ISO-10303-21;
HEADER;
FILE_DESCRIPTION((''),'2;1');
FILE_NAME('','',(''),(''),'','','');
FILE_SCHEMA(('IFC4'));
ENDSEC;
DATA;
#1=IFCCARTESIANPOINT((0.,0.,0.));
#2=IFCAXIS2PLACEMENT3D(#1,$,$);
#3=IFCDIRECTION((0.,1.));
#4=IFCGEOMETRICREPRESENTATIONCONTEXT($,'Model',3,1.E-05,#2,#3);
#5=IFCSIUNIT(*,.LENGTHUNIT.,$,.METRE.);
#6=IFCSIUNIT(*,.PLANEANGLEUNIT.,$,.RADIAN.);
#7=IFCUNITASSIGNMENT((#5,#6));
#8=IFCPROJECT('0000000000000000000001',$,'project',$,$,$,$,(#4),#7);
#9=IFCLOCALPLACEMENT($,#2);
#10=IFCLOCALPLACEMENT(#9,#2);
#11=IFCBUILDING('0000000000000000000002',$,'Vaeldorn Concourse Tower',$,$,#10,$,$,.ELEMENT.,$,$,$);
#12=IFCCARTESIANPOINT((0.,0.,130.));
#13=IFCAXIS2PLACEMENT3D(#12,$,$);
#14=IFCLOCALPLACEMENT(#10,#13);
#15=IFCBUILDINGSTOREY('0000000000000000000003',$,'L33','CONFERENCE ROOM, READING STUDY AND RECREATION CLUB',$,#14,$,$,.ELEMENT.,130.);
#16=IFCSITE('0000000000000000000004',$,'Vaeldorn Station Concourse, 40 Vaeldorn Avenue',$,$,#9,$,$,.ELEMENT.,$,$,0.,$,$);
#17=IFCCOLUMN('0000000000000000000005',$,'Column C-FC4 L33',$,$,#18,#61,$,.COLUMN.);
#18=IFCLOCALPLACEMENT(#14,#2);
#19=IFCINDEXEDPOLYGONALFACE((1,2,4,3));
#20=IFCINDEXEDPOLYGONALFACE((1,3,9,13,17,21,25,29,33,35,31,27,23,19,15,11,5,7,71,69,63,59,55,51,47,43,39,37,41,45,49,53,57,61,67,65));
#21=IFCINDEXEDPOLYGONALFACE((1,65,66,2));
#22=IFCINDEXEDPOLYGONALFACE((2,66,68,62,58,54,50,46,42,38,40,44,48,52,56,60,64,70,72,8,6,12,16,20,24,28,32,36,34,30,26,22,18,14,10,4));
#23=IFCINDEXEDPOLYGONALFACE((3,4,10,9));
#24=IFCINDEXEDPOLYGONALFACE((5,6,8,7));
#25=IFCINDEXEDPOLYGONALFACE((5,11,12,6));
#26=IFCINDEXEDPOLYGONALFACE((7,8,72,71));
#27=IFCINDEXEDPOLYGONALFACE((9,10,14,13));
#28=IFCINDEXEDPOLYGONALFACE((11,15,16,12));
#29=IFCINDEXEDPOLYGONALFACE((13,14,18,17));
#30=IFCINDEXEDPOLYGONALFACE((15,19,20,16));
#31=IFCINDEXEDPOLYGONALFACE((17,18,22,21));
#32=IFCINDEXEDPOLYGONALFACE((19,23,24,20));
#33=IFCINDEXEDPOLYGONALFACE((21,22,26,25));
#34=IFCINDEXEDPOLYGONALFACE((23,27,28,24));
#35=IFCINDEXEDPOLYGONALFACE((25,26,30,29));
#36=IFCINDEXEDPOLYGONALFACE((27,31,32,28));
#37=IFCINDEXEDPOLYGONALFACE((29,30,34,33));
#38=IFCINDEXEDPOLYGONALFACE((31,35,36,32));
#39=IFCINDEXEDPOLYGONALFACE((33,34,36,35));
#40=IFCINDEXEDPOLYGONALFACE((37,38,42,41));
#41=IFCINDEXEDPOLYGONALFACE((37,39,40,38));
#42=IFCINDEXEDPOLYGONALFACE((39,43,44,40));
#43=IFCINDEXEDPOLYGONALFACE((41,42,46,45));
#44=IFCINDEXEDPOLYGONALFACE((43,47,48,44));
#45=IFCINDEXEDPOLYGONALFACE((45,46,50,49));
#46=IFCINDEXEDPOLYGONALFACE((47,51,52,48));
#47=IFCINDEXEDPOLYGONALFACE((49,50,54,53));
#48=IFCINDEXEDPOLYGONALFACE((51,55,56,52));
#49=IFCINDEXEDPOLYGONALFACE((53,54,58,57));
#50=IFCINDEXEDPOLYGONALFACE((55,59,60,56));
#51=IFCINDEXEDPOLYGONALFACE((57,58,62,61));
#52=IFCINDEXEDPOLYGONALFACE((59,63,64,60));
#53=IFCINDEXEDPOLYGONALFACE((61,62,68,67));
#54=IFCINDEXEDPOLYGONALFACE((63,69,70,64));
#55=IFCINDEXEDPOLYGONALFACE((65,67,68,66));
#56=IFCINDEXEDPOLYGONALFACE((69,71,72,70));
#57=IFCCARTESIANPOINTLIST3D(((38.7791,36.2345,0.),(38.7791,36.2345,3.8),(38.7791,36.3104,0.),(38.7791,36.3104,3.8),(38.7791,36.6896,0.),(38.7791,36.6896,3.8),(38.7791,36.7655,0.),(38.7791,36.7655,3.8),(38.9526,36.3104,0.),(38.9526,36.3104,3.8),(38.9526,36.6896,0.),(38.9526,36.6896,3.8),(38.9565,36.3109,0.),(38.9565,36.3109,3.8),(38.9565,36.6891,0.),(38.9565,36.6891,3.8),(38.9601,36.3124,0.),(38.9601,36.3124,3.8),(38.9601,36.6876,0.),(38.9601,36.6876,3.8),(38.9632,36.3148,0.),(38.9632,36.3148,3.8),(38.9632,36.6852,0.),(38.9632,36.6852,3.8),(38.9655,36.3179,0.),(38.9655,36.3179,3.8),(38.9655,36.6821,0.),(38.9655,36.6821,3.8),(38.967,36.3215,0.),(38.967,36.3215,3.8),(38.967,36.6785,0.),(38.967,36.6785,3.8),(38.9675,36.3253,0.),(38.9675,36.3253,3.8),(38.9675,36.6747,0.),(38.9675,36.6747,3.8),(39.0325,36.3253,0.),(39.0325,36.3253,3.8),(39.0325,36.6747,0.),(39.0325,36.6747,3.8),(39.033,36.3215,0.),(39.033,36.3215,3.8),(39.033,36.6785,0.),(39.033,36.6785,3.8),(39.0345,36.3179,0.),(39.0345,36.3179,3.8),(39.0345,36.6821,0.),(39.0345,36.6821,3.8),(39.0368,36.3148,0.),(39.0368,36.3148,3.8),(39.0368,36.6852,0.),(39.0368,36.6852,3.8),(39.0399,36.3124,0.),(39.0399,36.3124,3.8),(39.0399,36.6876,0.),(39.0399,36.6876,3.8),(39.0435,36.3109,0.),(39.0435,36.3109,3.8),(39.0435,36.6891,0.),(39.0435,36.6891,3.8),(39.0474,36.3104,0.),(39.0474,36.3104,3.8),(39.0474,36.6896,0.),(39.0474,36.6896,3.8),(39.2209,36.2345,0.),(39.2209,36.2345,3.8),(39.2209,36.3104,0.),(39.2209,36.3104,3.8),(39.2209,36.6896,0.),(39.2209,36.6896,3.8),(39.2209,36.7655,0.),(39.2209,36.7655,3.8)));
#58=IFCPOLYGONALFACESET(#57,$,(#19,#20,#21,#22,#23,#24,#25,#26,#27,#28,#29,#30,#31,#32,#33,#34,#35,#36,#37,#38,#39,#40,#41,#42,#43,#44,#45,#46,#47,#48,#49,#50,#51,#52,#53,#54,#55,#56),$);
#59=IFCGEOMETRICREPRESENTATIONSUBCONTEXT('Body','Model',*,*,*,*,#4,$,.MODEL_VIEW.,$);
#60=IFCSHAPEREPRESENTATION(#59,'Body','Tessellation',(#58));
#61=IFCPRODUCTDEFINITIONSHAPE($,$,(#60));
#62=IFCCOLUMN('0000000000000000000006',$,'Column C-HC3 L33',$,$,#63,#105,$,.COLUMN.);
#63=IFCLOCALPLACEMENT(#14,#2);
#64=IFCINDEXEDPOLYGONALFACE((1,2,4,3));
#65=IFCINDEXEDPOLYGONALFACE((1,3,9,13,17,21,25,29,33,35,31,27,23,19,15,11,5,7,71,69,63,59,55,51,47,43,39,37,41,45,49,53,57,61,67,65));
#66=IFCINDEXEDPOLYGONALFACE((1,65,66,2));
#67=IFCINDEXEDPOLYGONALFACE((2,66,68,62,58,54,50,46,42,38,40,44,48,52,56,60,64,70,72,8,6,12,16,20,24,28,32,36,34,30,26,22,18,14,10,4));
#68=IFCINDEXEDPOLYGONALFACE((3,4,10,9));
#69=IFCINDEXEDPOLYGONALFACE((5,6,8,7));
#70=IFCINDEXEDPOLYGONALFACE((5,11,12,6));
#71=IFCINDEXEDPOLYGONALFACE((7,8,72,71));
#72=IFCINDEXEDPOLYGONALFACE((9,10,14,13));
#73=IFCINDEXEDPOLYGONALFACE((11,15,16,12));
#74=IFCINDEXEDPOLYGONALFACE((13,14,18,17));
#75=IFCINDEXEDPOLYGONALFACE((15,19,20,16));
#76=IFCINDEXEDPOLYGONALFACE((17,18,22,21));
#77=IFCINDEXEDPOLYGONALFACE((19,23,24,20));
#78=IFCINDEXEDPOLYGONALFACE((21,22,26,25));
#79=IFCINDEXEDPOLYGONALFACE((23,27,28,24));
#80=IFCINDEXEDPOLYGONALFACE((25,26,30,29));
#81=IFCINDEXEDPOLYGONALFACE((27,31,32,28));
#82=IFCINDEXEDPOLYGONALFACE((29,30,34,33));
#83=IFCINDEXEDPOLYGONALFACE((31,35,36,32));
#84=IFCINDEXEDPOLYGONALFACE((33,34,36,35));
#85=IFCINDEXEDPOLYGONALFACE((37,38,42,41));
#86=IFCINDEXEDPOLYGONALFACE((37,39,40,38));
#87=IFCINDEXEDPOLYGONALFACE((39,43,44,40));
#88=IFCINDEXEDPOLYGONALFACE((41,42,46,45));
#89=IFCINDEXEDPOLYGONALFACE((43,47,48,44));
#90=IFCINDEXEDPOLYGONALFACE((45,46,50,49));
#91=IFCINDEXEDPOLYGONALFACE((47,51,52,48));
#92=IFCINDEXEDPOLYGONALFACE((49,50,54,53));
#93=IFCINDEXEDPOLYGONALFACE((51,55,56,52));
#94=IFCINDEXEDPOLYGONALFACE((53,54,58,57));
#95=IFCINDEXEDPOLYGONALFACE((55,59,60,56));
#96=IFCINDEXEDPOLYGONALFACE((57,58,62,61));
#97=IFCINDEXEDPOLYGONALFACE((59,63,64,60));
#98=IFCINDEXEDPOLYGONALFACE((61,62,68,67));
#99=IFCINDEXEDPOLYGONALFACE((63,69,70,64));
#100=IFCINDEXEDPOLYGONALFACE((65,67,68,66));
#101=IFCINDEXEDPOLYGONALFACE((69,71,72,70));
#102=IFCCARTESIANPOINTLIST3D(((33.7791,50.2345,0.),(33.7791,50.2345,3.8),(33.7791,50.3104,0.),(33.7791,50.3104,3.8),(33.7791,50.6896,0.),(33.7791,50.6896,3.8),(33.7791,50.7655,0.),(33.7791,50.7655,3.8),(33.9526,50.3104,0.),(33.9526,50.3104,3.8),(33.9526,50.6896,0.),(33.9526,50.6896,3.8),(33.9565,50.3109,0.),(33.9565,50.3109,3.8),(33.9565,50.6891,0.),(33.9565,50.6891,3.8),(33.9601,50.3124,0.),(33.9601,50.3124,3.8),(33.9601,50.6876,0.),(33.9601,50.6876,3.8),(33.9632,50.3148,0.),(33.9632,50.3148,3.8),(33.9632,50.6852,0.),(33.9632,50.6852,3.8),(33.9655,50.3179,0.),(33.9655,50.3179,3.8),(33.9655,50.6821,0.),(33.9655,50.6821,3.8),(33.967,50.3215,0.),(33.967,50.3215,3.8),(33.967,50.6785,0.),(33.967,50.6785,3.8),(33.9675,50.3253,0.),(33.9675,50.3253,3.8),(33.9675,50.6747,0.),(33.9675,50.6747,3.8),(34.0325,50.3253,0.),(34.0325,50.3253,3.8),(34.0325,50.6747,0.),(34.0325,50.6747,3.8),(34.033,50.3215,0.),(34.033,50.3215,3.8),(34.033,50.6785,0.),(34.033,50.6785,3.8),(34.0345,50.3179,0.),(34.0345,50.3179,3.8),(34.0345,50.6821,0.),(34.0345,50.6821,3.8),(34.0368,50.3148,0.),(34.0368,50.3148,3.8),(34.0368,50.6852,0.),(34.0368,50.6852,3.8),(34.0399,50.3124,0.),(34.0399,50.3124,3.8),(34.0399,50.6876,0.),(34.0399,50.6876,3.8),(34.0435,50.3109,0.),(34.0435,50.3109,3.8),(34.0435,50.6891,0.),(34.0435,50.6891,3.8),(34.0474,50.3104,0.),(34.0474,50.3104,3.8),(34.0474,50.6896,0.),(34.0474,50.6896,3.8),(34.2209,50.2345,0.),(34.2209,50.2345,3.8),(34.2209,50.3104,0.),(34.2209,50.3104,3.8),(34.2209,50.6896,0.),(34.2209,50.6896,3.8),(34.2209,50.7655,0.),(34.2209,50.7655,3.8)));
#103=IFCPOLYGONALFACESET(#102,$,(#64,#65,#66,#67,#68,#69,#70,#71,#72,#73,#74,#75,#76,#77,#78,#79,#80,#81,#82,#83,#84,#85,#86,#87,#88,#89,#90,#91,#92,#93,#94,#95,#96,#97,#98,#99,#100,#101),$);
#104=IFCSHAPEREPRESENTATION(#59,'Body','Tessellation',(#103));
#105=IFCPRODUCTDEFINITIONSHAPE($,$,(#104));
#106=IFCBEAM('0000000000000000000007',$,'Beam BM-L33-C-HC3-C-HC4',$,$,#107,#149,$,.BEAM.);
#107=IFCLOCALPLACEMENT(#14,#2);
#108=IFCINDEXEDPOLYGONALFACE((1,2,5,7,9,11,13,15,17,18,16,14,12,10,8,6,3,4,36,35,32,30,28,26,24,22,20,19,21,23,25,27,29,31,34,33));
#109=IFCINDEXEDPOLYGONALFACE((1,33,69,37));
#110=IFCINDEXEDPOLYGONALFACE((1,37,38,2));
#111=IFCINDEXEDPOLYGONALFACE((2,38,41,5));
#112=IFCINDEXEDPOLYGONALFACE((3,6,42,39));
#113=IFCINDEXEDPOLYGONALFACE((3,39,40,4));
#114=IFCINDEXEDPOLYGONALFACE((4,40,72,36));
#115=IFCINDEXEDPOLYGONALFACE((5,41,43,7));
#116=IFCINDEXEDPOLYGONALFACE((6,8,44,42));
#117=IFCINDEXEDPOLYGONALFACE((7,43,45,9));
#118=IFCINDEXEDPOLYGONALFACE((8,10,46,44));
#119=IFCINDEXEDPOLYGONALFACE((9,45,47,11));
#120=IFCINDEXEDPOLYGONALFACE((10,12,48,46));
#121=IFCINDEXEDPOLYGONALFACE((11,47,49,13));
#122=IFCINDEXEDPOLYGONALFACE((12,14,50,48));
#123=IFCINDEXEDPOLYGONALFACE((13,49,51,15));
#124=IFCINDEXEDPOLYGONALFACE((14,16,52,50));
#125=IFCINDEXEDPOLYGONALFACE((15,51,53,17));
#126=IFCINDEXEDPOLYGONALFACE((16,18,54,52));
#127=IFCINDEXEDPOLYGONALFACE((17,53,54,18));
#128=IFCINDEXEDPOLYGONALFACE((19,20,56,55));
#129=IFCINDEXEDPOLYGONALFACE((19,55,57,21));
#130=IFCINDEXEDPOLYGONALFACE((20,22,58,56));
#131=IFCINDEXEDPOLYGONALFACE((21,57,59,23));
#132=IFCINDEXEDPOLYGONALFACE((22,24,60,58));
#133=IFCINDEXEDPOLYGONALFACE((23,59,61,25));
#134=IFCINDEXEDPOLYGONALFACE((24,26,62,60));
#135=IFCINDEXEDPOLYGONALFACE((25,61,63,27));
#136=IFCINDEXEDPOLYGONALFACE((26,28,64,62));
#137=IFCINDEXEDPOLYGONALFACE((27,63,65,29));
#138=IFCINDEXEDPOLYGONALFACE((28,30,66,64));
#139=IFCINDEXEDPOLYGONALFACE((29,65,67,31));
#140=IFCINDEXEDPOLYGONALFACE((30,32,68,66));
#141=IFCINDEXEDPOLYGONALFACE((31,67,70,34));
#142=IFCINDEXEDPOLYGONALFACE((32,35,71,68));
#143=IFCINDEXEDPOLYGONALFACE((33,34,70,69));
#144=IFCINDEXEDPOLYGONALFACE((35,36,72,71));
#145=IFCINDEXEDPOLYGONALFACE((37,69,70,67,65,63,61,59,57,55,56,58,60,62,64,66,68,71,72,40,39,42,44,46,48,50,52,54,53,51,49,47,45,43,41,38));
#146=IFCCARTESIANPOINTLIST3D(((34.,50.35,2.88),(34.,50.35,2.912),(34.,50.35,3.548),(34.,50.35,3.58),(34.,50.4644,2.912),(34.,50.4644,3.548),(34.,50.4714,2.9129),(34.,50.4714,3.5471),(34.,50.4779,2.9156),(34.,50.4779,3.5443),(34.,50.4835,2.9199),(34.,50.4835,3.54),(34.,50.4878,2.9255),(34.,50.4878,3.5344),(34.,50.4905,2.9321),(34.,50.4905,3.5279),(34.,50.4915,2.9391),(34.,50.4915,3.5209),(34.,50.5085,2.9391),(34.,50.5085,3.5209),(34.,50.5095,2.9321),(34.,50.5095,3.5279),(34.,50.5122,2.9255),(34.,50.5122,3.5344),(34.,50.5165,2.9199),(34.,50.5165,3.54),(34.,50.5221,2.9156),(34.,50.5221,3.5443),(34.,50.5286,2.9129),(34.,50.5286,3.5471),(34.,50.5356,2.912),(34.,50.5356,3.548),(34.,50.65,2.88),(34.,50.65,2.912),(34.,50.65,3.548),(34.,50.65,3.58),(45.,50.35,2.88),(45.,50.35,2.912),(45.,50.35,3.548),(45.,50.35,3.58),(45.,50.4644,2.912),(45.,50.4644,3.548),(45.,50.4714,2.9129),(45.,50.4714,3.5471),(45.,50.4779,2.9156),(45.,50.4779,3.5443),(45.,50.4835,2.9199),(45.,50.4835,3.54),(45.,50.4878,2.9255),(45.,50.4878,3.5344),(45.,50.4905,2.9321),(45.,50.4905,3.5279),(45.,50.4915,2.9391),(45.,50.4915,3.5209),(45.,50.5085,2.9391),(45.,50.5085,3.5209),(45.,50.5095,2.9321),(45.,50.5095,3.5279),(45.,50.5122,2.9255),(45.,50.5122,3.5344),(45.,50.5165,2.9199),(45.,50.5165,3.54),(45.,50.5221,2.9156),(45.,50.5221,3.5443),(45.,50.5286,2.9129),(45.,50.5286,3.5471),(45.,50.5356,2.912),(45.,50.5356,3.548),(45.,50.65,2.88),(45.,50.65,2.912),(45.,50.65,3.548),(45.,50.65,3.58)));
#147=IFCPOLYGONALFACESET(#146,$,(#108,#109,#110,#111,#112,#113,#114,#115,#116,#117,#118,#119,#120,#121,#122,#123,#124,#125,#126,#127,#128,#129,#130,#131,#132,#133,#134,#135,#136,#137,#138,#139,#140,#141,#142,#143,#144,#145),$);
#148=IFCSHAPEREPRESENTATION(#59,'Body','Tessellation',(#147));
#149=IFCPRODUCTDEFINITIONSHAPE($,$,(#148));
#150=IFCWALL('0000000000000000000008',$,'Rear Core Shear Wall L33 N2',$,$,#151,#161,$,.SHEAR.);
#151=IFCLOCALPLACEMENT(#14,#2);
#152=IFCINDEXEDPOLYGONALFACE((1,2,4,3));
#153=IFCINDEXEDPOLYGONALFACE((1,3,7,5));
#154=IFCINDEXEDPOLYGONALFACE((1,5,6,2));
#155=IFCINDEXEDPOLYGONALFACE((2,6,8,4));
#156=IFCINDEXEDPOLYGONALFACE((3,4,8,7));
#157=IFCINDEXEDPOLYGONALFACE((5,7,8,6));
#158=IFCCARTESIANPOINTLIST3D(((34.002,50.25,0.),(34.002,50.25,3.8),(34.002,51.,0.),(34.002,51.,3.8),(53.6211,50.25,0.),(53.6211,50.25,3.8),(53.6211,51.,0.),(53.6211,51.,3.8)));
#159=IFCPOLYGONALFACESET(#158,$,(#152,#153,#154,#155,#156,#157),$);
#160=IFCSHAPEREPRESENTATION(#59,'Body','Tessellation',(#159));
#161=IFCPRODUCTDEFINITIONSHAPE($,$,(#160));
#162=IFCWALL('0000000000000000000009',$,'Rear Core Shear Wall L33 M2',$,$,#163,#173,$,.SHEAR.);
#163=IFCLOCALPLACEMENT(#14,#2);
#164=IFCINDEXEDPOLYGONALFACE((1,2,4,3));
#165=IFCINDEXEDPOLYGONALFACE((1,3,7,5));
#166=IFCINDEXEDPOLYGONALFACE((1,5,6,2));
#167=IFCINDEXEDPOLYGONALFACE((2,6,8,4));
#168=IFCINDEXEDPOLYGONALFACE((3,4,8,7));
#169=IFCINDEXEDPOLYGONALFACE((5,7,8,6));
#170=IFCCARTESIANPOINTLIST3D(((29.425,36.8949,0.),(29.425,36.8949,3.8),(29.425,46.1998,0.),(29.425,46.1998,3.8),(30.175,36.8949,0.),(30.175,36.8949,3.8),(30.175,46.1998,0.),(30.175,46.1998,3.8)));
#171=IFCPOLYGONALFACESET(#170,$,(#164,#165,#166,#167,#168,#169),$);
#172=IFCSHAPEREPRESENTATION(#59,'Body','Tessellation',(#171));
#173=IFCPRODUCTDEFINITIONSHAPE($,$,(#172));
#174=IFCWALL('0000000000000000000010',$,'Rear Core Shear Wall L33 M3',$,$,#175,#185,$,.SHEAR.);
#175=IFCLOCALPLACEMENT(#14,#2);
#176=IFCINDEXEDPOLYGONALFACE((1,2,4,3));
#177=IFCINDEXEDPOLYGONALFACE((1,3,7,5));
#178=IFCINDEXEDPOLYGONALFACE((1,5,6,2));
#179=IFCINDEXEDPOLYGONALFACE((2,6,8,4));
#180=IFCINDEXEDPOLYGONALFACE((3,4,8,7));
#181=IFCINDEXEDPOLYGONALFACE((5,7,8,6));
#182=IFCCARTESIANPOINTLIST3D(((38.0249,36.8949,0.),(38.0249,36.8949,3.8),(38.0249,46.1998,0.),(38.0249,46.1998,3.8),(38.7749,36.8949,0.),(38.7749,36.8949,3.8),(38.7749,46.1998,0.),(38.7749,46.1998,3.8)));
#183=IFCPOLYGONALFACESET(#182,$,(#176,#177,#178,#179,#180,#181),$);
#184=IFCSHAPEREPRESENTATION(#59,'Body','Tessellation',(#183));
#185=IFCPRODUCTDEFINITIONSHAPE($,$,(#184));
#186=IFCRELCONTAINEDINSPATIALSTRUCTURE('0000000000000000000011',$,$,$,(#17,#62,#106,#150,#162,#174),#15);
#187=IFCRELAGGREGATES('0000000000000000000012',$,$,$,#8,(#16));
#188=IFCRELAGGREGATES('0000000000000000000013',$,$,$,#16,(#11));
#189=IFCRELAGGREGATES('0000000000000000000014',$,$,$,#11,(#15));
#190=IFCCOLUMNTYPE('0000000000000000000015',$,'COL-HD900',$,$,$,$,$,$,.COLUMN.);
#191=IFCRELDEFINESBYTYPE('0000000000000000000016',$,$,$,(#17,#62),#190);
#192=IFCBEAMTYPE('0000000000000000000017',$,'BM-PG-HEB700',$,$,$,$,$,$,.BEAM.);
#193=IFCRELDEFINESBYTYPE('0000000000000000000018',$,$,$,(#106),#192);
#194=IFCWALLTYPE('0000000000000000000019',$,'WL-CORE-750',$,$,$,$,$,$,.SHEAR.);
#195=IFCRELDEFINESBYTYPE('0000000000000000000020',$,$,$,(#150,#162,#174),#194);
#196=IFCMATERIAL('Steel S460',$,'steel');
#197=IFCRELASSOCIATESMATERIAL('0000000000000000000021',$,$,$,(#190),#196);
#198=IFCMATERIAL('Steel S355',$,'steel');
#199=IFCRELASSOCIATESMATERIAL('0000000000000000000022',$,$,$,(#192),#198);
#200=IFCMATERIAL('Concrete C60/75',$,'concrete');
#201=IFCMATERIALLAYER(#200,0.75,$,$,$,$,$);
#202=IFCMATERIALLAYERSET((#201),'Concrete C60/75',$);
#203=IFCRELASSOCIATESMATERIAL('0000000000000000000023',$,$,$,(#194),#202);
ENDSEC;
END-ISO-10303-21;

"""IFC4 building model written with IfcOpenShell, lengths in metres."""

from ifc_helpers import new_model, si_unit, direction, frame, frame_2d, origin, origin_2d, place, context, subcontext, project, spatial, rectangle, i_section, extrude, source, transform, mapped, material, layer, layer_set, material_profile, profile_set, type_object, element, save


model = new_model("IFC4")

# Units and contexts
model_context = context("Model", 3, precision=1e-05, world=origin(), true_north=direction((0.0, 1.0)))
body_context = subcontext(model_context, "Body", "Model", "MODEL_VIEW")
ifc_project = project(units=[si_unit("LENGTHUNIT", "METRE"), si_unit("PLANEANGLEUNIT", "RADIAN")], contexts=[model_context])

# Site, building, storey
site_placement = place(None, origin())
site = spatial("IfcSite", under=ifc_project, at=site_placement, Name="Vaeldorn Station Concourse, 40 Vaeldorn Avenue", CompositionType="ELEMENT", RefElevation=0.0)
building_placement = place(site_placement, origin())
building = spatial("IfcBuilding", under=site, at=building_placement, Name="Vaeldorn Concourse Tower", CompositionType="ELEMENT")
storey_placement = place(building_placement, frame((0.0, 0.0, 130.0)))
storey = spatial("IfcBuildingStorey", under=building, at=storey_placement, Name="L33", Description="CONFERENCE ROOM, READING STUDY AND RECREATION CLUB", CompositionType="ELEMENT", Elevation=130.0)

# Columns
ifc_material_1 = material(Name="Steel S460", Category="steel")
ifc_material_profile_1 = material_profile(ifc_material_1, i_section(OverallWidth=0.4419, OverallDepth=0.531, WebThickness=0.0649, FlangeThickness=0.0759, FilletRadius=0.0149, at=origin_2d()), Name="HD 400x900")
ifc_profile_set_1 = profile_set([ifc_material_profile_1], Name="Steel S460")
column_type = type_object("IfcColumnType", Name="COL-HD900", PredefinedType="COLUMN", material=ifc_profile_set_1)
shared_shape_1 = source(origin(), body_context, "Body", "SweptSolid", [
    extrude(i_section(OverallWidth=0.4419, OverallDepth=0.531, WebThickness=0.0649, FlangeThickness=0.0759, FilletRadius=0.0149, at=origin_2d()), origin(), (0.0, 0.0, 1.0), 3.8),
])
for number, where, z_axis, x_axis, name in (
    (1, (39.0, 36.5, 0.0), (0.0, 0.0, 1.0), (1.0, 0.0, 0.0), "Column C-FC4 L33"),
    (2, (34.0, 50.5, 0.0), (0.0, 0.0, 1.0), (1.0, 0.0, 0.0), "Column C-HC3 L33"),
):
    element("IfcColumn", number, at=place(storey_placement, frame(where, z_axis=z_axis, x_axis=x_axis)), inside=storey, type_object=column_type, Name=name, PredefinedType="COLUMN", context=body_context, shape_type="MappedRepresentation", body=[
        mapped(shared_shape_1, transform((0.0, 0.0, 0.0), scale=1.0)),
    ])

# Beam
ifc_material_2 = material(Name="Steel S355", Category="steel")
ifc_material_profile_2 = material_profile(ifc_material_2, i_section(OverallWidth=0.3, OverallDepth=0.7, WebThickness=0.0171, FlangeThickness=0.032, FilletRadius=0.0271, at=origin_2d()), Name="HEB 700")
ifc_profile_set_2 = profile_set([ifc_material_profile_2], Name="Steel S355")
beam_type = type_object("IfcBeamType", Name="BM-PG-HEB700", PredefinedType="BEAM", material=ifc_profile_set_2)
shared_shape_2 = source(origin(), body_context, "Body", "SweptSolid", [
    extrude(i_section(OverallWidth=0.3, OverallDepth=0.7, WebThickness=0.0171, FlangeThickness=0.032, FilletRadius=0.0271, at=origin_2d()), origin(), (0.0, 0.0, 1.0), 11.0),
])
beam_placement = place(storey_placement, frame((34.0, 50.5, 3.23), z_axis=(1.0, 0.0, 0.0), x_axis=(0.0, 1.0, 0.0)))
element("IfcBeam", 3, at=beam_placement, inside=storey, type_object=beam_type, Name="Beam BM-L33-C-HC3-C-HC4", PredefinedType="BEAM", context=body_context, shape_type="MappedRepresentation", body=[
    mapped(shared_shape_2, transform((0.0, 0.0, 0.0), scale=1.0)),
])

# Walls
ifc_material_3 = material(Name="Concrete C60/75", Category="concrete")
ifc_layer_1 = layer(ifc_material_3, 0.75)
ifc_layer_set_1 = layer_set([ifc_layer_1], Name="Concrete C60/75")
wall_type_1 = type_object("IfcWallType", Name="WL-CORE-750", PredefinedType="SHEAR", material=ifc_layer_set_1)
wall_1_placement = place(storey_placement, frame((34.002, 50.625, 0.0), z_axis=(0.0, 0.0, 1.0), x_axis=(1.0, 0.0, 0.0)))
element("IfcWall", 4, at=wall_1_placement, inside=storey, type_object=wall_type_1, Name="Rear Core Shear Wall L33 N2", PredefinedType="SHEAR", context=body_context, shape_type="SweptSolid", body=[
    extrude(rectangle(XDim=19.6191, YDim=0.75, at=frame_2d((9.8096, 0.0))), origin(), (0.0, 0.0, 1.0), 3.8),
])
for number, where, z_axis, x_axis, name in (
    (5, (29.8, 36.895, 0.0), (0.0, 0.0, 1.0), (0.0, 1.0, 0.0), "Rear Core Shear Wall L33 M2"),
    (6, (38.3999, 36.895, 0.0), (0.0, 0.0, 1.0), (0.0, 1.0, 0.0), "Rear Core Shear Wall L33 M3"),
):
    element("IfcWall", number, at=place(storey_placement, frame(where, z_axis=z_axis, x_axis=x_axis)), inside=storey, type_object=wall_type_1, Name=name, PredefinedType="SHEAR", context=body_context, shape_type="SweptSolid", body=[
        extrude(rectangle(XDim=9.3049, YDim=0.75, at=frame_2d((4.6523, 0.0))), origin(), (0.0, 0.0, 1.0), 3.8),
    ])

save(model, "model.ifc")
